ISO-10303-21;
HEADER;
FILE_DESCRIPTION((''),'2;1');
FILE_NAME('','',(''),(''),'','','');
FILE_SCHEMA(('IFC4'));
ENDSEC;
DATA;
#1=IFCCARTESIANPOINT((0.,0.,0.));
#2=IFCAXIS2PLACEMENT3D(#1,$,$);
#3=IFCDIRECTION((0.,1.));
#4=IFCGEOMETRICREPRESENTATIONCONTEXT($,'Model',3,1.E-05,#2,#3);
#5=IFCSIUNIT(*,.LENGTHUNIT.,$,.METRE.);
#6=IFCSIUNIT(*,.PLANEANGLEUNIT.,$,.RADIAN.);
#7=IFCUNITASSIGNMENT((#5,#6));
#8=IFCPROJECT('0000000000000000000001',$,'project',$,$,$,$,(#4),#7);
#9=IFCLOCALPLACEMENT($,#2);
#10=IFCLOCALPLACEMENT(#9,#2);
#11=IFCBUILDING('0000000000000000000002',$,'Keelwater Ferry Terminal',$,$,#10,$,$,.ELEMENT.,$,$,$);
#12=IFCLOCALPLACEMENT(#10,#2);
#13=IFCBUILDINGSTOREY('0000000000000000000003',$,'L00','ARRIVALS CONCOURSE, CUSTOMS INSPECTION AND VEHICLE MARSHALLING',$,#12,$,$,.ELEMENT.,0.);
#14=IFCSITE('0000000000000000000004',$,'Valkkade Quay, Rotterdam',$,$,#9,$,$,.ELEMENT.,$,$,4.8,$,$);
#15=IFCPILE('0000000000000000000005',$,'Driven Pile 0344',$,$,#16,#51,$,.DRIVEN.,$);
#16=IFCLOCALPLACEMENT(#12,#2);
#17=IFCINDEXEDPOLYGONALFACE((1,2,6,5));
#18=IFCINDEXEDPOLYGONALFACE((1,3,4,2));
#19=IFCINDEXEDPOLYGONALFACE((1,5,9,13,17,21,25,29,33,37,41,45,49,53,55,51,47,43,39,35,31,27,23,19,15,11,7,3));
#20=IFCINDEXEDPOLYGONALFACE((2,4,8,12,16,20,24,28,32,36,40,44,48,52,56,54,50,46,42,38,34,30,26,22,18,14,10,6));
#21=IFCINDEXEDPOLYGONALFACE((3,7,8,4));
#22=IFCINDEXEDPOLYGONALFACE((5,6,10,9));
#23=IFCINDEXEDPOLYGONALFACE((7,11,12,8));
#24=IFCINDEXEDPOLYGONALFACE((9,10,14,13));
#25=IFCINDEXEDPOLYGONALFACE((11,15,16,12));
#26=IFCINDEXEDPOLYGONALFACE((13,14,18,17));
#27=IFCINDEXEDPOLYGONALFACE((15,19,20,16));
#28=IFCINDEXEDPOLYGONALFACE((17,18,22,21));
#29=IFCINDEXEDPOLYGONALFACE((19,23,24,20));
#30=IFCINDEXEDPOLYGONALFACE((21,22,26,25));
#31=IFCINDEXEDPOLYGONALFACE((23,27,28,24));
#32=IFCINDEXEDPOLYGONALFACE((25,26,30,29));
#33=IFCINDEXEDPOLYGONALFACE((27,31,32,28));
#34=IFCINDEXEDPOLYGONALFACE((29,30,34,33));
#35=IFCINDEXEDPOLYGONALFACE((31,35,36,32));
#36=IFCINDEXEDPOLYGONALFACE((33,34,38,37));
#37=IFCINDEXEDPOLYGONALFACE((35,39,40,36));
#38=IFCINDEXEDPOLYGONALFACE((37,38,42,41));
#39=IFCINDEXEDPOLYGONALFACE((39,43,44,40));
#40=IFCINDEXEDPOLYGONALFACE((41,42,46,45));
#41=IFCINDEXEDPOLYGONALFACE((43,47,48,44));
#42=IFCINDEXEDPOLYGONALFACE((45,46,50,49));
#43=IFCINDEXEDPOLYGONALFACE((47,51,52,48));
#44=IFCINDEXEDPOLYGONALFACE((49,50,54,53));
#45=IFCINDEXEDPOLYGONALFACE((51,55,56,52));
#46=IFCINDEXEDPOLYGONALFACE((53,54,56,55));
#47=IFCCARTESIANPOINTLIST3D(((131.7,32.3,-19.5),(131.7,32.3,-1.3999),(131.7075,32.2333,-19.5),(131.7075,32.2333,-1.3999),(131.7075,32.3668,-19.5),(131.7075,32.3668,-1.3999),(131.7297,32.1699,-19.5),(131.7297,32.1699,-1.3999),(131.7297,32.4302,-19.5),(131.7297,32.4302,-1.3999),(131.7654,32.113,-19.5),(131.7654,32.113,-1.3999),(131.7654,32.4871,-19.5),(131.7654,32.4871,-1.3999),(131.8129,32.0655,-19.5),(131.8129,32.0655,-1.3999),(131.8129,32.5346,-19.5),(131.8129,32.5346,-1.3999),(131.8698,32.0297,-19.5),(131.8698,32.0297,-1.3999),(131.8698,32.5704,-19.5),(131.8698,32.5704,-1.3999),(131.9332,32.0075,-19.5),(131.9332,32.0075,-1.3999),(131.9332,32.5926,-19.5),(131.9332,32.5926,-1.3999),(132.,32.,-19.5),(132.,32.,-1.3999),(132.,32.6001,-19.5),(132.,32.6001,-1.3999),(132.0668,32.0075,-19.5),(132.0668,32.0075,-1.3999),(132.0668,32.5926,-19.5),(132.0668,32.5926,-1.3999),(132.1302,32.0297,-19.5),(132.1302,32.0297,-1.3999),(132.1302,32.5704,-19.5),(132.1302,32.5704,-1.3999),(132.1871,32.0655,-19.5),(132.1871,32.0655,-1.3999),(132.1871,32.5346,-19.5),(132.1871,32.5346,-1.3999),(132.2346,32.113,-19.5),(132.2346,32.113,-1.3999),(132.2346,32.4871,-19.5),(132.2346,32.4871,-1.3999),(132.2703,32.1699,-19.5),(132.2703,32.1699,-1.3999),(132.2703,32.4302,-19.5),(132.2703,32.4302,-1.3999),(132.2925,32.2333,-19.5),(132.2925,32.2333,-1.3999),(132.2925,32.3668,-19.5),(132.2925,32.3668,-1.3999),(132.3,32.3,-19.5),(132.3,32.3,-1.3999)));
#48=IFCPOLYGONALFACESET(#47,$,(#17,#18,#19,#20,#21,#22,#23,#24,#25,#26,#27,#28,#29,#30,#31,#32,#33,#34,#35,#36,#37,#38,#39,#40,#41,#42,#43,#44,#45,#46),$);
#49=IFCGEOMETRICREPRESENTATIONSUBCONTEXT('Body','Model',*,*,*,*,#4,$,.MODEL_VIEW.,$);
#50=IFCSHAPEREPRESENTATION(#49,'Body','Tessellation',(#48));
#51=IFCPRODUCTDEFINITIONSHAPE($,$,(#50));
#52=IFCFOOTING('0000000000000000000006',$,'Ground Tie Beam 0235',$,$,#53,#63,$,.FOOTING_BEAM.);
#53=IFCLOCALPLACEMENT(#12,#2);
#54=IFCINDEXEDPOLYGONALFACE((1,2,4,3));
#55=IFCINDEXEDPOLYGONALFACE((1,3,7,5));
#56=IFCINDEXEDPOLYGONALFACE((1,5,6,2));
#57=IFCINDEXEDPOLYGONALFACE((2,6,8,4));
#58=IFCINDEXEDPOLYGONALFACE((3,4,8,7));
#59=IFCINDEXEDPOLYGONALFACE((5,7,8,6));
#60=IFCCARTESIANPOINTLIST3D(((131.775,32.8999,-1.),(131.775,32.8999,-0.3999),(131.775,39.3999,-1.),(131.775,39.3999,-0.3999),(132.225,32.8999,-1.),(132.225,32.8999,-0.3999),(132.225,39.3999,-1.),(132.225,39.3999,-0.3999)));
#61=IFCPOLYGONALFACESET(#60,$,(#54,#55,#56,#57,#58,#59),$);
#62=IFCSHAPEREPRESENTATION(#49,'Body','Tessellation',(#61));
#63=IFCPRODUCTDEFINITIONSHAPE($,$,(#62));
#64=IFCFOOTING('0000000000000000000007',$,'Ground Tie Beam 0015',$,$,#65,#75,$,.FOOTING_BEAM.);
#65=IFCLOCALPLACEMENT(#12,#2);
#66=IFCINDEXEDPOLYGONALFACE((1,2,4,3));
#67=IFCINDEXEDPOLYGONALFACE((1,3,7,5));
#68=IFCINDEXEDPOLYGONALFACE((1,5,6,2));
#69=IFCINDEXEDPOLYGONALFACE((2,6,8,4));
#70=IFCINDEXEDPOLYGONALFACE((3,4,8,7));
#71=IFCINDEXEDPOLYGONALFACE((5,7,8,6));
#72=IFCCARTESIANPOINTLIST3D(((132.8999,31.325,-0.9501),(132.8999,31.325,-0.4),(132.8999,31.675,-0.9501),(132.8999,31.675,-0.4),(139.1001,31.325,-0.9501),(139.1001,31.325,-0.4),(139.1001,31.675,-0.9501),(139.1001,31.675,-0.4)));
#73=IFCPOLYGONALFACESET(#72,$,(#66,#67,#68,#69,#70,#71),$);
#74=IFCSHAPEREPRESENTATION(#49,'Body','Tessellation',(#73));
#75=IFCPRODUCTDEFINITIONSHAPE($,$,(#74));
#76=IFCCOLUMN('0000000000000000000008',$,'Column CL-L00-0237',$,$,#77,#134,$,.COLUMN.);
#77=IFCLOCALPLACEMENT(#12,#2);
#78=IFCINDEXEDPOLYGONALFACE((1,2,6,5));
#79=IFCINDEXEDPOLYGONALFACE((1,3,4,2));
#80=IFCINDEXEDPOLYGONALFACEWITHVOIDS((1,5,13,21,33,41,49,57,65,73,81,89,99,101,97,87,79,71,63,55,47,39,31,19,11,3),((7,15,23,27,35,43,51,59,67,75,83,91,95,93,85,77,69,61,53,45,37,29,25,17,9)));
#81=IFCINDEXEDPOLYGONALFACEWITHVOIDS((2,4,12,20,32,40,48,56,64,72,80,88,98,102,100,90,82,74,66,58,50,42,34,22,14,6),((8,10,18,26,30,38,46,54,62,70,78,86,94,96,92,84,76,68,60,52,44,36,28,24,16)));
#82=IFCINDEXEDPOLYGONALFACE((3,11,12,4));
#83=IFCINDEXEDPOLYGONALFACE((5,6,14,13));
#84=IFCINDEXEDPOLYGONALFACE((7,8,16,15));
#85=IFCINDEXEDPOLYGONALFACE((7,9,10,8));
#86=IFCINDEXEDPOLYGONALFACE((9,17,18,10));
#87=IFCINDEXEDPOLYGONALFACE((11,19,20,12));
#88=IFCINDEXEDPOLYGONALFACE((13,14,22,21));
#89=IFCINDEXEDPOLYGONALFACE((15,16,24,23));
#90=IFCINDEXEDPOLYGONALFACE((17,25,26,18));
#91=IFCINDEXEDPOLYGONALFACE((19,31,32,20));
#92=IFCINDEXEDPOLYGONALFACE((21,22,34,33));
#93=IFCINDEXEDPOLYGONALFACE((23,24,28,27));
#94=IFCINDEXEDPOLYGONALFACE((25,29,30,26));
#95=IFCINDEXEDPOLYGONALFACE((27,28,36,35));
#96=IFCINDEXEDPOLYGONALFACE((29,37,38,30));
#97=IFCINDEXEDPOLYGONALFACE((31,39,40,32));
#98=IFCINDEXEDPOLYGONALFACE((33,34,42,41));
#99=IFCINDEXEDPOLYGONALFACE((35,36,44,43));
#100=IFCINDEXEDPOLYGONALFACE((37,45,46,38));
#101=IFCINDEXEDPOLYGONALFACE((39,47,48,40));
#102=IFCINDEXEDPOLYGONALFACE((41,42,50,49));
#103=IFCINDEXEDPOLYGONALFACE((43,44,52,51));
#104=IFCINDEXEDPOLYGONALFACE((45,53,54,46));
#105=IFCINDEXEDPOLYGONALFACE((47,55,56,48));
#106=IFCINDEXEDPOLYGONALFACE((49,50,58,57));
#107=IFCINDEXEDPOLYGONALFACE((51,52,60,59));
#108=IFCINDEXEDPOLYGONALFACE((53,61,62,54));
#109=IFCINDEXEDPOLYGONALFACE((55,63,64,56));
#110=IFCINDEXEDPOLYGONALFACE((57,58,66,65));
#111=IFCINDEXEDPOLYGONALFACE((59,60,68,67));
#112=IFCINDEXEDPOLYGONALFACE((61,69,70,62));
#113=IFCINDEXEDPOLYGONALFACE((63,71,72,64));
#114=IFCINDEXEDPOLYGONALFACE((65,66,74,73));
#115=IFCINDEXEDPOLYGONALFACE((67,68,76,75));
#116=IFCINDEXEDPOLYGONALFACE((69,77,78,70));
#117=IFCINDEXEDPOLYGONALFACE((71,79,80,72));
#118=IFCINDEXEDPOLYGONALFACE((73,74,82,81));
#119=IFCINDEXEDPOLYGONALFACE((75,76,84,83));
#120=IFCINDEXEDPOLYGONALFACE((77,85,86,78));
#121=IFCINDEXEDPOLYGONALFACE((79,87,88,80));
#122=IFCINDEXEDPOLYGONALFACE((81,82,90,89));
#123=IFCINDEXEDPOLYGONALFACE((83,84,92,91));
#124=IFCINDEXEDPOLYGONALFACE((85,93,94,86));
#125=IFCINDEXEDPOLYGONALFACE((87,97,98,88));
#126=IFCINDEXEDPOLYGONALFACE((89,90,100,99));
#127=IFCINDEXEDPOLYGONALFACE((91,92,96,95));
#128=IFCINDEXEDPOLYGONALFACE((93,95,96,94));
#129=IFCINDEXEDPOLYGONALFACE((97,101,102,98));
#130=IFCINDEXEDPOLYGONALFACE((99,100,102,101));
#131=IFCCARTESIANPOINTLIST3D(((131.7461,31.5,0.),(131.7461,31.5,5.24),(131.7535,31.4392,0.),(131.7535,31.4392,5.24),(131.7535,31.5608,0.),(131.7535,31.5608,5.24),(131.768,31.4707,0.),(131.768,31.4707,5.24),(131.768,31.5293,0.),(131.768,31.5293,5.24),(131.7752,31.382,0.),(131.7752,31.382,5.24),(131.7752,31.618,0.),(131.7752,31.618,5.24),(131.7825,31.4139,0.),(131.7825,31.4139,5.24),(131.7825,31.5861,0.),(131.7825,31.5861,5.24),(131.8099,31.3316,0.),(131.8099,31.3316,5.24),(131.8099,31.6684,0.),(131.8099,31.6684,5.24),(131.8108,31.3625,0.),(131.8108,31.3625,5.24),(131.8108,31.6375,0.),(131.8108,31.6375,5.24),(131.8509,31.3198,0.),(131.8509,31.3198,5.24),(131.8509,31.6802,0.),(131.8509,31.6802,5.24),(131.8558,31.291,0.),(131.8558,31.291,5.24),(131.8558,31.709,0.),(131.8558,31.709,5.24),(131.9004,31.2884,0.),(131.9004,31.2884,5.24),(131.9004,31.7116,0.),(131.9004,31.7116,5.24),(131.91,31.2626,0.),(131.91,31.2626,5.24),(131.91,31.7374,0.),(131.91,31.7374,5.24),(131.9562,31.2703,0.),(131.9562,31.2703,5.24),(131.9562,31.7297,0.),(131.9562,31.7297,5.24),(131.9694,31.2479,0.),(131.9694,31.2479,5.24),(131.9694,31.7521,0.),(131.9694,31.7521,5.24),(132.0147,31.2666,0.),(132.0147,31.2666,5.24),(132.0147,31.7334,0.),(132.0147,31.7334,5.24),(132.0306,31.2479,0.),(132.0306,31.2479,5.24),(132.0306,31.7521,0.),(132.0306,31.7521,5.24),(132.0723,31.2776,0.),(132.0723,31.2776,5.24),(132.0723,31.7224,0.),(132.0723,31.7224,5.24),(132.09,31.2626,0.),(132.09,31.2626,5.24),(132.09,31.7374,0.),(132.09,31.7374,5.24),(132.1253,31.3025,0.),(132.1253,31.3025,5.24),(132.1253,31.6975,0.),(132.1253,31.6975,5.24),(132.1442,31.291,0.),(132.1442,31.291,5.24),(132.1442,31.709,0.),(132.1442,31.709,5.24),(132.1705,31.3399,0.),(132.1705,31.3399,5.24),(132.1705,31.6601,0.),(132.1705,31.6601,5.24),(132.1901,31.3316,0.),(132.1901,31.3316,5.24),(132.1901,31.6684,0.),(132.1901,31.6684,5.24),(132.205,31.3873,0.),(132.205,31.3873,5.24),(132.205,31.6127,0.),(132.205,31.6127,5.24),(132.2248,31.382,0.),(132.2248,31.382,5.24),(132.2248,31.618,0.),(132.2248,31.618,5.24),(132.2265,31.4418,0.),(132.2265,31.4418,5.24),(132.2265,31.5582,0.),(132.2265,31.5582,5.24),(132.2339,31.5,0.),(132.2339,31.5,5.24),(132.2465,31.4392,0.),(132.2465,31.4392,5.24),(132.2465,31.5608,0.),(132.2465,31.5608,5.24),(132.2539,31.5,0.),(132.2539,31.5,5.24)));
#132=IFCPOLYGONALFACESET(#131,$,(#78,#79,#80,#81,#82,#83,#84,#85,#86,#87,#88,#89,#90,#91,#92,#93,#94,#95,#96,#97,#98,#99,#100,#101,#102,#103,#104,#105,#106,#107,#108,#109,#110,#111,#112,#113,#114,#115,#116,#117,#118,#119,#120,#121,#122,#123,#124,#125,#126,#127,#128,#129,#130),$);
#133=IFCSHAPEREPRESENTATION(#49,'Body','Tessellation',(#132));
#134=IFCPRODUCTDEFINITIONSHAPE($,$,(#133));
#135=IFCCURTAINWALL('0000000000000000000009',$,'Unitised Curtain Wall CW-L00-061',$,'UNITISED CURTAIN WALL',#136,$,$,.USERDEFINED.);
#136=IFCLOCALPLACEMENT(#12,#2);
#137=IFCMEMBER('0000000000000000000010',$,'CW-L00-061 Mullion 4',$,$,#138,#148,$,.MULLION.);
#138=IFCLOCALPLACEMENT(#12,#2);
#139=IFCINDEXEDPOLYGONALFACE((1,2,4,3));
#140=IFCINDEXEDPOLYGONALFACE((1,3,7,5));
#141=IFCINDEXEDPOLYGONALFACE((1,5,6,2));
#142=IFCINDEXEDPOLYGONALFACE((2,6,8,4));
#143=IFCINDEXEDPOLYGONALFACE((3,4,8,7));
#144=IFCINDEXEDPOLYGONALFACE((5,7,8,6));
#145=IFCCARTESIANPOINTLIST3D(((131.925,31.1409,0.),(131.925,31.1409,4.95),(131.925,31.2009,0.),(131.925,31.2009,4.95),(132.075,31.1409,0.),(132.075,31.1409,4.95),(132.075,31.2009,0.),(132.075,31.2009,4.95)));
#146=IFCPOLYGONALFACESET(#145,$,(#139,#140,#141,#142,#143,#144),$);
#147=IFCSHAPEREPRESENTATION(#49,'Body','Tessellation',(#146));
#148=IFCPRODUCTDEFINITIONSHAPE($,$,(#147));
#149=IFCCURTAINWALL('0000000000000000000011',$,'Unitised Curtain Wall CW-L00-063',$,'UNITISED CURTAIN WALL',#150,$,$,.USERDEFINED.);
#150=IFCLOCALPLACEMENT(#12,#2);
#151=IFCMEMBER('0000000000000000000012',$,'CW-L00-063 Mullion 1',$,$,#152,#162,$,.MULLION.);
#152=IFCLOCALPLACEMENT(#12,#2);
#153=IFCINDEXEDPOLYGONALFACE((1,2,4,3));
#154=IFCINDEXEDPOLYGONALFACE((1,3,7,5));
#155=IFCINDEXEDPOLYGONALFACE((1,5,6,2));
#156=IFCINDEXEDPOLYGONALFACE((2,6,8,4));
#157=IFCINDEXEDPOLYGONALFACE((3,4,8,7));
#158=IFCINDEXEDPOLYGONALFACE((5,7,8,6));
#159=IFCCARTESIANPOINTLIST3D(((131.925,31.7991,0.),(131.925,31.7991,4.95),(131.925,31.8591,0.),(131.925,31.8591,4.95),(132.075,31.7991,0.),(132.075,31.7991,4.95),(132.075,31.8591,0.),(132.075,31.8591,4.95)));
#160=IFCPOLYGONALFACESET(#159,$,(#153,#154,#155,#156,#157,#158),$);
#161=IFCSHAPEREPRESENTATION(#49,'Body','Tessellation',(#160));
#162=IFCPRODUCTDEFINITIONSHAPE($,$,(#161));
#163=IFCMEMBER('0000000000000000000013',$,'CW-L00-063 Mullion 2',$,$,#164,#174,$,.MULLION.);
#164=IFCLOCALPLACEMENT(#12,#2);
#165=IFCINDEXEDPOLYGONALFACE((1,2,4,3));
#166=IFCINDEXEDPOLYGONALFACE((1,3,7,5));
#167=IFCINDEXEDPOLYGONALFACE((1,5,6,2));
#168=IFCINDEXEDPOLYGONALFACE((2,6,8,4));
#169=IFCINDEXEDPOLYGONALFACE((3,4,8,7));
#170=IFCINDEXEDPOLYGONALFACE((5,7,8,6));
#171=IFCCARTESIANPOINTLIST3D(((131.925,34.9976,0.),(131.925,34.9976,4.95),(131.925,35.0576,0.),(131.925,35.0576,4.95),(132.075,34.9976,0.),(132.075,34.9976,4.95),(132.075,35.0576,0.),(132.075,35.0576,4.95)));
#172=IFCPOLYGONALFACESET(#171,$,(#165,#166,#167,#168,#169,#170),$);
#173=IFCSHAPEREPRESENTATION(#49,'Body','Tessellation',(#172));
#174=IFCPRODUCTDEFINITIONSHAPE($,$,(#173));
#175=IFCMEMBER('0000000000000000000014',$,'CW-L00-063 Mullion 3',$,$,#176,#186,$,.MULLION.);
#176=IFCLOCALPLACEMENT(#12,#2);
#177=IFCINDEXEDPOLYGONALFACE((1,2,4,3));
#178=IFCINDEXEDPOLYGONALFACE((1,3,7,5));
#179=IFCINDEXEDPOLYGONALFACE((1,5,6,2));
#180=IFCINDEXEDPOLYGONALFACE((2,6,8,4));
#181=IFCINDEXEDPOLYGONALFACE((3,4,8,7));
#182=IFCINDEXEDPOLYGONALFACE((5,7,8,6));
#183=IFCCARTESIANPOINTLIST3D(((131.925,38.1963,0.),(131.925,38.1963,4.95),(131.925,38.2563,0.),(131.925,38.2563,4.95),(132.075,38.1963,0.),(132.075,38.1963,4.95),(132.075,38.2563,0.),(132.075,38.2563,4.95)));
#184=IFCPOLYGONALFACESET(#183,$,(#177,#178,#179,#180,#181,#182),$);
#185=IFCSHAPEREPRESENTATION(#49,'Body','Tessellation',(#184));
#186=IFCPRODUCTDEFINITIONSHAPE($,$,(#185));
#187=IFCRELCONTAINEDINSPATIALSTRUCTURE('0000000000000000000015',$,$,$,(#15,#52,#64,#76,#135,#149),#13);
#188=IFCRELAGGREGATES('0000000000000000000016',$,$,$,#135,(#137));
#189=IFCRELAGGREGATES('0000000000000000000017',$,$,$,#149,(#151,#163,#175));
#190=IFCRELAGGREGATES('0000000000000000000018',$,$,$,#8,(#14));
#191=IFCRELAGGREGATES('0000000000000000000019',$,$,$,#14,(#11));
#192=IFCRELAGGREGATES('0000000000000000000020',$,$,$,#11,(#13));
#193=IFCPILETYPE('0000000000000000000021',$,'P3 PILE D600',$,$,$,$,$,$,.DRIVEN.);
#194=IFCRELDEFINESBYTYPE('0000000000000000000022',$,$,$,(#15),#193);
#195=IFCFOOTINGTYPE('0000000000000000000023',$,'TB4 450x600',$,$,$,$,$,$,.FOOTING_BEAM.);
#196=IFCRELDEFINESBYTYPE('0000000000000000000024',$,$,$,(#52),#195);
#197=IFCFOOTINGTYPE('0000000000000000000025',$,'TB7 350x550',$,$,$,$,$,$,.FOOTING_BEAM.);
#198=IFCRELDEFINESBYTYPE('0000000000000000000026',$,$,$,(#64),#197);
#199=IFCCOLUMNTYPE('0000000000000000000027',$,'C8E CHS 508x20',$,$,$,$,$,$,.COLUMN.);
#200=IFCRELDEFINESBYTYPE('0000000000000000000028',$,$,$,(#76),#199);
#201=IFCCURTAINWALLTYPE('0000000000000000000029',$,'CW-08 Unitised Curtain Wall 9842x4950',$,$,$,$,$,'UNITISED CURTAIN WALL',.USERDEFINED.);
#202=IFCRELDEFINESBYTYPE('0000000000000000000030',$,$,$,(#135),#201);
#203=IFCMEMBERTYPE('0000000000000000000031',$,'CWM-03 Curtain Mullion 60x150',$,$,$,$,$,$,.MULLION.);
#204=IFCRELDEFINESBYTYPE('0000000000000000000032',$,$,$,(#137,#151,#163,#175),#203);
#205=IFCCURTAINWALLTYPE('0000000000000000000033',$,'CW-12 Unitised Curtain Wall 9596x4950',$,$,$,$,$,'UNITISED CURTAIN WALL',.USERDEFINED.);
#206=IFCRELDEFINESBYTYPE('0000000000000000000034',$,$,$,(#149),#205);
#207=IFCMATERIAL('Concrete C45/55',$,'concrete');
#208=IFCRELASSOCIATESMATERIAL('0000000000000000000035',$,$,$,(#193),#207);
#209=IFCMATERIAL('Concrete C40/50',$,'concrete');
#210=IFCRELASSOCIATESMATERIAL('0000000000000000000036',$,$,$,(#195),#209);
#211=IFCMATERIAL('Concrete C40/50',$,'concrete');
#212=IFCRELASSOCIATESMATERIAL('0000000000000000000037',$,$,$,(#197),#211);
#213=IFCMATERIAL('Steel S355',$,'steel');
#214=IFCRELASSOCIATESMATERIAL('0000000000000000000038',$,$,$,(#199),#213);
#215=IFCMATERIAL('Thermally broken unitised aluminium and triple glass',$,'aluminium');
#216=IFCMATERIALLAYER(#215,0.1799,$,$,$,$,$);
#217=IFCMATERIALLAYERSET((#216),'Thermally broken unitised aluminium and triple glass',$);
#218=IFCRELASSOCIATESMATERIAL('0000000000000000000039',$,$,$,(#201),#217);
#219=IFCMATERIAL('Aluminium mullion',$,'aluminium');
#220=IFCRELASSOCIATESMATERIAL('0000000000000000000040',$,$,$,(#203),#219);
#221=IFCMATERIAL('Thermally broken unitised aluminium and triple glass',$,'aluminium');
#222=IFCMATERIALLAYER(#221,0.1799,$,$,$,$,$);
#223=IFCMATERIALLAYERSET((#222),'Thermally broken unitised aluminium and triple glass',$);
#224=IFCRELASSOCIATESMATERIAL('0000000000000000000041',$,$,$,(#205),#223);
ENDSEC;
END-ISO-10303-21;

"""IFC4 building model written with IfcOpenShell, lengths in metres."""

from ifc_helpers import new_model, si_unit, direction, frame, origin, origin_2d, place, context, subcontext, project, spatial, rectangle, circle, hollow_circle, extrude, material, layer, layer_set, material_profile, profile_set, type_object, element, aggregate, save


model = new_model("IFC4")

# Units and contexts
model_context = context("Model", 3, precision=1e-05, world=origin(), true_north=direction((0.0, 1.0)))
body_context = subcontext(model_context, "Body", "Model", "MODEL_VIEW")
ifc_project = project(units=[si_unit("LENGTHUNIT", "METRE"), si_unit("PLANEANGLEUNIT", "RADIAN")], contexts=[model_context])

# Site, building, storey
site_placement = place(None, origin())
site = spatial("IfcSite", under=ifc_project, at=site_placement, Name="Valkkade Quay, Rotterdam", CompositionType="ELEMENT", RefElevation=4.8)
building_placement = place(site_placement, origin())
building = spatial("IfcBuilding", under=site, at=building_placement, Name="Keelwater Ferry Terminal", CompositionType="ELEMENT")
storey_placement = place(building_placement, origin())
storey = spatial("IfcBuildingStorey", under=building, at=storey_placement, Name="L00", Description="ARRIVALS CONCOURSE, CUSTOMS INSPECTION AND VEHICLE MARSHALLING", CompositionType="ELEMENT", Elevation=0.0)

# Pile
ifc_material_1 = material(Name="Concrete C45/55", Category="concrete")
ifc_material_profile_1 = material_profile(ifc_material_1, circle(Radius=0.3, at=origin_2d()), Name="PILE D600")
ifc_profile_set_1 = profile_set([ifc_material_profile_1], Name="Concrete C45/55")
pile_type = type_object("IfcPileType", Name="P3 PILE D600", PredefinedType="DRIVEN", material=ifc_profile_set_1)
pile_placement = place(storey_placement, frame((132.0, 32.3, -1.3999), z_axis=(0.0, 0.0, -1.0), x_axis=(1.0, 0.0, 0.0)))
element("IfcPile", 1, at=pile_placement, inside=storey, type_object=pile_type, Name="Driven Pile 0344", PredefinedType="DRIVEN", context=body_context, shape_type="SweptSolid", body=[
    extrude(circle(Radius=0.3, at=origin_2d()), origin(), (0.0, 0.0, 1.0), 18.1001),
])

# Footings
ifc_material_2 = material(Name="Concrete C40/50", Category="concrete")
ifc_material_profile_2 = material_profile(ifc_material_2, rectangle(XDim=0.45, YDim=0.6001, at=origin_2d()), Name="TB 450x600")
ifc_profile_set_2 = profile_set([ifc_material_profile_2], Name="Concrete C40/50")
footing_type_1 = type_object("IfcFootingType", Name="TB4 450x600", PredefinedType="FOOTING_BEAM", material=ifc_profile_set_2)
footing_1_placement = place(storey_placement, frame((132.0, 32.8999, -0.7), z_axis=(0.0, 1.0, 0.0), x_axis=(-1.0, 0.0, 0.0)))
element("IfcFooting", 2, at=footing_1_placement, inside=storey, type_object=footing_type_1, Name="Ground Tie Beam 0235", PredefinedType="FOOTING_BEAM", context=body_context, shape_type="SweptSolid", body=[
    extrude(rectangle(XDim=0.45, YDim=0.6001, at=origin_2d()), origin(), (0.0, 0.0, 1.0), 6.5),
])
ifc_material_3 = material(Name="Concrete C40/50", Category="concrete")
ifc_material_profile_3 = material_profile(ifc_material_3, rectangle(XDim=0.3501, YDim=0.55, at=origin_2d()), Name="TB 350x550")
ifc_profile_set_3 = profile_set([ifc_material_profile_3], Name="Concrete C40/50")
footing_type_2 = type_object("IfcFootingType", Name="TB7 350x550", PredefinedType="FOOTING_BEAM", material=ifc_profile_set_3)
footing_2_placement = place(storey_placement, frame((132.8999, 31.5, -0.675), z_axis=(1.0, 0.0, 0.0), x_axis=(0.0, 1.0, 0.0)))
element("IfcFooting", 3, at=footing_2_placement, inside=storey, type_object=footing_type_2, Name="Ground Tie Beam 0015", PredefinedType="FOOTING_BEAM", context=body_context, shape_type="SweptSolid", body=[
    extrude(rectangle(XDim=0.3501, YDim=0.55, at=origin_2d()), origin(), (0.0, 0.0, 1.0), 6.2002),
])

# Column
ifc_material_4 = material(Name="Steel S355", Category="steel")
ifc_material_profile_4 = material_profile(ifc_material_4, hollow_circle(Radius=0.2539, WallThickness=0.02, at=origin_2d()), Name="CHS 508x20")
ifc_profile_set_4 = profile_set([ifc_material_profile_4], Name="Steel S355")
column_type = type_object("IfcColumnType", Name="C8E CHS 508x20", PredefinedType="COLUMN", material=ifc_profile_set_4)
column_placement = place(storey_placement, frame((132.0, 31.5, 0.0), z_axis=(0.0, 0.0, 1.0), x_axis=(1.0, 0.0, 0.0)))
element("IfcColumn", 4, at=column_placement, inside=storey, type_object=column_type, Name="Column CL-L00-0237", PredefinedType="COLUMN", context=body_context, shape_type="SweptSolid", body=[
    extrude(hollow_circle(Radius=0.2539, WallThickness=0.02, at=origin_2d()), origin(), (0.0, 0.0, 1.0), 5.24),
])

# Curtain wall, member
ifc_material_5 = material(Name="Thermally broken unitised aluminium and triple glass", Category="aluminium")
ifc_layer_1 = layer(ifc_material_5, 0.1799)
ifc_layer_set_1 = layer_set([ifc_layer_1], Name="Thermally broken unitised aluminium and triple glass")
curtain_wall_type_1 = type_object("IfcCurtainWallType", Name="CW-08 Unitised Curtain Wall 9842x4950", ElementType="UNITISED CURTAIN WALL", PredefinedType="USERDEFINED", material=ifc_layer_set_1)
curtain_wall_1_placement = place(storey_placement, origin())
curtain_wall_1 = element("IfcCurtainWall", 5, at=curtain_wall_1_placement, inside=storey, type_object=curtain_wall_type_1, Name="Unitised Curtain Wall CW-L00-061", ObjectType="UNITISED CURTAIN WALL", PredefinedType="USERDEFINED")
ifc_material_6 = material(Name="Aluminium mullion", Category="aluminium")
ifc_material_profile_5 = material_profile(ifc_material_6, rectangle(XDim=0.0601, YDim=0.1499, at=origin_2d()), Name="CWM-03")
ifc_profile_set_5 = profile_set([ifc_material_profile_5], Name="Aluminium mullion")
member_type_1 = type_object("IfcMemberType", Name="CWM-03 Curtain Mullion 60x150", PredefinedType="MULLION", material=ifc_profile_set_5)
member_1_placement = place(storey_placement, frame((132.0, 31.1709, 0.0), z_axis=(0.0, 0.0, 1.0), x_axis=(0.0, 1.0, 0.0)))
member_1 = element("IfcMember", 6, at=member_1_placement, type_object=member_type_1, Name="CW-L00-061 Mullion 4", PredefinedType="MULLION", context=body_context, shape_type="SweptSolid", body=[
    extrude(rectangle(XDim=0.0601, YDim=0.1499, at=origin_2d()), origin(), (0.0, 0.0, 1.0), 4.95),
])
aggregate(curtain_wall_1, [member_1])

# Curtain wall, members
ifc_material_7 = material(Name="Thermally broken unitised aluminium and triple glass", Category="aluminium")
ifc_layer_2 = layer(ifc_material_7, 0.1799)
ifc_layer_set_2 = layer_set([ifc_layer_2], Name="Thermally broken unitised aluminium and triple glass")
curtain_wall_type_2 = type_object("IfcCurtainWallType", Name="CW-12 Unitised Curtain Wall 9596x4950", ElementType="UNITISED CURTAIN WALL", PredefinedType="USERDEFINED", material=ifc_layer_set_2)
curtain_wall_2_placement = place(storey_placement, origin())
curtain_wall_2 = element("IfcCurtainWall", 7, at=curtain_wall_2_placement, inside=storey, type_object=curtain_wall_type_2, Name="Unitised Curtain Wall CW-L00-063", ObjectType="UNITISED CURTAIN WALL", PredefinedType="USERDEFINED")
member_2_placement = place(storey_placement, frame((132.0, 31.8291, 0.0), z_axis=(0.0, 0.0, 1.0), x_axis=(0.0, 1.0, 0.0)))
member_2 = element("IfcMember", 8, at=member_2_placement, type_object=member_type_1, Name="CW-L00-063 Mullion 1", PredefinedType="MULLION", context=body_context, shape_type="SweptSolid", body=[
    extrude(rectangle(XDim=0.0601, YDim=0.1499, at=origin_2d()), origin(), (0.0, 0.0, 1.0), 4.95),
])
member_3_placement = place(storey_placement, frame((132.0, 35.0276, 0.0), z_axis=(0.0, 0.0, 1.0), x_axis=(0.0, 1.0, 0.0)))
member_3 = element("IfcMember", 9, at=member_3_placement, type_object=member_type_1, Name="CW-L00-063 Mullion 2", PredefinedType="MULLION", context=body_context, shape_type="SweptSolid", body=[
    extrude(rectangle(XDim=0.0601, YDim=0.1499, at=origin_2d()), origin(), (0.0, 0.0, 1.0), 4.95),
])
member_4_placement = place(storey_placement, frame((132.0, 38.2263, 0.0), z_axis=(0.0, 0.0, 1.0), x_axis=(0.0, 1.0, 0.0)))
member_4 = element("IfcMember", 10, at=member_4_placement, type_object=member_type_1, Name="CW-L00-063 Mullion 3", PredefinedType="MULLION", context=body_context, shape_type="SweptSolid", body=[
    extrude(rectangle(XDim=0.0601, YDim=0.1499, at=origin_2d()), origin(), (0.0, 0.0, 1.0), 4.95),
])

aggregate(curtain_wall_2, [member_2, member_3, member_4])

save(model, "model.ifc")
